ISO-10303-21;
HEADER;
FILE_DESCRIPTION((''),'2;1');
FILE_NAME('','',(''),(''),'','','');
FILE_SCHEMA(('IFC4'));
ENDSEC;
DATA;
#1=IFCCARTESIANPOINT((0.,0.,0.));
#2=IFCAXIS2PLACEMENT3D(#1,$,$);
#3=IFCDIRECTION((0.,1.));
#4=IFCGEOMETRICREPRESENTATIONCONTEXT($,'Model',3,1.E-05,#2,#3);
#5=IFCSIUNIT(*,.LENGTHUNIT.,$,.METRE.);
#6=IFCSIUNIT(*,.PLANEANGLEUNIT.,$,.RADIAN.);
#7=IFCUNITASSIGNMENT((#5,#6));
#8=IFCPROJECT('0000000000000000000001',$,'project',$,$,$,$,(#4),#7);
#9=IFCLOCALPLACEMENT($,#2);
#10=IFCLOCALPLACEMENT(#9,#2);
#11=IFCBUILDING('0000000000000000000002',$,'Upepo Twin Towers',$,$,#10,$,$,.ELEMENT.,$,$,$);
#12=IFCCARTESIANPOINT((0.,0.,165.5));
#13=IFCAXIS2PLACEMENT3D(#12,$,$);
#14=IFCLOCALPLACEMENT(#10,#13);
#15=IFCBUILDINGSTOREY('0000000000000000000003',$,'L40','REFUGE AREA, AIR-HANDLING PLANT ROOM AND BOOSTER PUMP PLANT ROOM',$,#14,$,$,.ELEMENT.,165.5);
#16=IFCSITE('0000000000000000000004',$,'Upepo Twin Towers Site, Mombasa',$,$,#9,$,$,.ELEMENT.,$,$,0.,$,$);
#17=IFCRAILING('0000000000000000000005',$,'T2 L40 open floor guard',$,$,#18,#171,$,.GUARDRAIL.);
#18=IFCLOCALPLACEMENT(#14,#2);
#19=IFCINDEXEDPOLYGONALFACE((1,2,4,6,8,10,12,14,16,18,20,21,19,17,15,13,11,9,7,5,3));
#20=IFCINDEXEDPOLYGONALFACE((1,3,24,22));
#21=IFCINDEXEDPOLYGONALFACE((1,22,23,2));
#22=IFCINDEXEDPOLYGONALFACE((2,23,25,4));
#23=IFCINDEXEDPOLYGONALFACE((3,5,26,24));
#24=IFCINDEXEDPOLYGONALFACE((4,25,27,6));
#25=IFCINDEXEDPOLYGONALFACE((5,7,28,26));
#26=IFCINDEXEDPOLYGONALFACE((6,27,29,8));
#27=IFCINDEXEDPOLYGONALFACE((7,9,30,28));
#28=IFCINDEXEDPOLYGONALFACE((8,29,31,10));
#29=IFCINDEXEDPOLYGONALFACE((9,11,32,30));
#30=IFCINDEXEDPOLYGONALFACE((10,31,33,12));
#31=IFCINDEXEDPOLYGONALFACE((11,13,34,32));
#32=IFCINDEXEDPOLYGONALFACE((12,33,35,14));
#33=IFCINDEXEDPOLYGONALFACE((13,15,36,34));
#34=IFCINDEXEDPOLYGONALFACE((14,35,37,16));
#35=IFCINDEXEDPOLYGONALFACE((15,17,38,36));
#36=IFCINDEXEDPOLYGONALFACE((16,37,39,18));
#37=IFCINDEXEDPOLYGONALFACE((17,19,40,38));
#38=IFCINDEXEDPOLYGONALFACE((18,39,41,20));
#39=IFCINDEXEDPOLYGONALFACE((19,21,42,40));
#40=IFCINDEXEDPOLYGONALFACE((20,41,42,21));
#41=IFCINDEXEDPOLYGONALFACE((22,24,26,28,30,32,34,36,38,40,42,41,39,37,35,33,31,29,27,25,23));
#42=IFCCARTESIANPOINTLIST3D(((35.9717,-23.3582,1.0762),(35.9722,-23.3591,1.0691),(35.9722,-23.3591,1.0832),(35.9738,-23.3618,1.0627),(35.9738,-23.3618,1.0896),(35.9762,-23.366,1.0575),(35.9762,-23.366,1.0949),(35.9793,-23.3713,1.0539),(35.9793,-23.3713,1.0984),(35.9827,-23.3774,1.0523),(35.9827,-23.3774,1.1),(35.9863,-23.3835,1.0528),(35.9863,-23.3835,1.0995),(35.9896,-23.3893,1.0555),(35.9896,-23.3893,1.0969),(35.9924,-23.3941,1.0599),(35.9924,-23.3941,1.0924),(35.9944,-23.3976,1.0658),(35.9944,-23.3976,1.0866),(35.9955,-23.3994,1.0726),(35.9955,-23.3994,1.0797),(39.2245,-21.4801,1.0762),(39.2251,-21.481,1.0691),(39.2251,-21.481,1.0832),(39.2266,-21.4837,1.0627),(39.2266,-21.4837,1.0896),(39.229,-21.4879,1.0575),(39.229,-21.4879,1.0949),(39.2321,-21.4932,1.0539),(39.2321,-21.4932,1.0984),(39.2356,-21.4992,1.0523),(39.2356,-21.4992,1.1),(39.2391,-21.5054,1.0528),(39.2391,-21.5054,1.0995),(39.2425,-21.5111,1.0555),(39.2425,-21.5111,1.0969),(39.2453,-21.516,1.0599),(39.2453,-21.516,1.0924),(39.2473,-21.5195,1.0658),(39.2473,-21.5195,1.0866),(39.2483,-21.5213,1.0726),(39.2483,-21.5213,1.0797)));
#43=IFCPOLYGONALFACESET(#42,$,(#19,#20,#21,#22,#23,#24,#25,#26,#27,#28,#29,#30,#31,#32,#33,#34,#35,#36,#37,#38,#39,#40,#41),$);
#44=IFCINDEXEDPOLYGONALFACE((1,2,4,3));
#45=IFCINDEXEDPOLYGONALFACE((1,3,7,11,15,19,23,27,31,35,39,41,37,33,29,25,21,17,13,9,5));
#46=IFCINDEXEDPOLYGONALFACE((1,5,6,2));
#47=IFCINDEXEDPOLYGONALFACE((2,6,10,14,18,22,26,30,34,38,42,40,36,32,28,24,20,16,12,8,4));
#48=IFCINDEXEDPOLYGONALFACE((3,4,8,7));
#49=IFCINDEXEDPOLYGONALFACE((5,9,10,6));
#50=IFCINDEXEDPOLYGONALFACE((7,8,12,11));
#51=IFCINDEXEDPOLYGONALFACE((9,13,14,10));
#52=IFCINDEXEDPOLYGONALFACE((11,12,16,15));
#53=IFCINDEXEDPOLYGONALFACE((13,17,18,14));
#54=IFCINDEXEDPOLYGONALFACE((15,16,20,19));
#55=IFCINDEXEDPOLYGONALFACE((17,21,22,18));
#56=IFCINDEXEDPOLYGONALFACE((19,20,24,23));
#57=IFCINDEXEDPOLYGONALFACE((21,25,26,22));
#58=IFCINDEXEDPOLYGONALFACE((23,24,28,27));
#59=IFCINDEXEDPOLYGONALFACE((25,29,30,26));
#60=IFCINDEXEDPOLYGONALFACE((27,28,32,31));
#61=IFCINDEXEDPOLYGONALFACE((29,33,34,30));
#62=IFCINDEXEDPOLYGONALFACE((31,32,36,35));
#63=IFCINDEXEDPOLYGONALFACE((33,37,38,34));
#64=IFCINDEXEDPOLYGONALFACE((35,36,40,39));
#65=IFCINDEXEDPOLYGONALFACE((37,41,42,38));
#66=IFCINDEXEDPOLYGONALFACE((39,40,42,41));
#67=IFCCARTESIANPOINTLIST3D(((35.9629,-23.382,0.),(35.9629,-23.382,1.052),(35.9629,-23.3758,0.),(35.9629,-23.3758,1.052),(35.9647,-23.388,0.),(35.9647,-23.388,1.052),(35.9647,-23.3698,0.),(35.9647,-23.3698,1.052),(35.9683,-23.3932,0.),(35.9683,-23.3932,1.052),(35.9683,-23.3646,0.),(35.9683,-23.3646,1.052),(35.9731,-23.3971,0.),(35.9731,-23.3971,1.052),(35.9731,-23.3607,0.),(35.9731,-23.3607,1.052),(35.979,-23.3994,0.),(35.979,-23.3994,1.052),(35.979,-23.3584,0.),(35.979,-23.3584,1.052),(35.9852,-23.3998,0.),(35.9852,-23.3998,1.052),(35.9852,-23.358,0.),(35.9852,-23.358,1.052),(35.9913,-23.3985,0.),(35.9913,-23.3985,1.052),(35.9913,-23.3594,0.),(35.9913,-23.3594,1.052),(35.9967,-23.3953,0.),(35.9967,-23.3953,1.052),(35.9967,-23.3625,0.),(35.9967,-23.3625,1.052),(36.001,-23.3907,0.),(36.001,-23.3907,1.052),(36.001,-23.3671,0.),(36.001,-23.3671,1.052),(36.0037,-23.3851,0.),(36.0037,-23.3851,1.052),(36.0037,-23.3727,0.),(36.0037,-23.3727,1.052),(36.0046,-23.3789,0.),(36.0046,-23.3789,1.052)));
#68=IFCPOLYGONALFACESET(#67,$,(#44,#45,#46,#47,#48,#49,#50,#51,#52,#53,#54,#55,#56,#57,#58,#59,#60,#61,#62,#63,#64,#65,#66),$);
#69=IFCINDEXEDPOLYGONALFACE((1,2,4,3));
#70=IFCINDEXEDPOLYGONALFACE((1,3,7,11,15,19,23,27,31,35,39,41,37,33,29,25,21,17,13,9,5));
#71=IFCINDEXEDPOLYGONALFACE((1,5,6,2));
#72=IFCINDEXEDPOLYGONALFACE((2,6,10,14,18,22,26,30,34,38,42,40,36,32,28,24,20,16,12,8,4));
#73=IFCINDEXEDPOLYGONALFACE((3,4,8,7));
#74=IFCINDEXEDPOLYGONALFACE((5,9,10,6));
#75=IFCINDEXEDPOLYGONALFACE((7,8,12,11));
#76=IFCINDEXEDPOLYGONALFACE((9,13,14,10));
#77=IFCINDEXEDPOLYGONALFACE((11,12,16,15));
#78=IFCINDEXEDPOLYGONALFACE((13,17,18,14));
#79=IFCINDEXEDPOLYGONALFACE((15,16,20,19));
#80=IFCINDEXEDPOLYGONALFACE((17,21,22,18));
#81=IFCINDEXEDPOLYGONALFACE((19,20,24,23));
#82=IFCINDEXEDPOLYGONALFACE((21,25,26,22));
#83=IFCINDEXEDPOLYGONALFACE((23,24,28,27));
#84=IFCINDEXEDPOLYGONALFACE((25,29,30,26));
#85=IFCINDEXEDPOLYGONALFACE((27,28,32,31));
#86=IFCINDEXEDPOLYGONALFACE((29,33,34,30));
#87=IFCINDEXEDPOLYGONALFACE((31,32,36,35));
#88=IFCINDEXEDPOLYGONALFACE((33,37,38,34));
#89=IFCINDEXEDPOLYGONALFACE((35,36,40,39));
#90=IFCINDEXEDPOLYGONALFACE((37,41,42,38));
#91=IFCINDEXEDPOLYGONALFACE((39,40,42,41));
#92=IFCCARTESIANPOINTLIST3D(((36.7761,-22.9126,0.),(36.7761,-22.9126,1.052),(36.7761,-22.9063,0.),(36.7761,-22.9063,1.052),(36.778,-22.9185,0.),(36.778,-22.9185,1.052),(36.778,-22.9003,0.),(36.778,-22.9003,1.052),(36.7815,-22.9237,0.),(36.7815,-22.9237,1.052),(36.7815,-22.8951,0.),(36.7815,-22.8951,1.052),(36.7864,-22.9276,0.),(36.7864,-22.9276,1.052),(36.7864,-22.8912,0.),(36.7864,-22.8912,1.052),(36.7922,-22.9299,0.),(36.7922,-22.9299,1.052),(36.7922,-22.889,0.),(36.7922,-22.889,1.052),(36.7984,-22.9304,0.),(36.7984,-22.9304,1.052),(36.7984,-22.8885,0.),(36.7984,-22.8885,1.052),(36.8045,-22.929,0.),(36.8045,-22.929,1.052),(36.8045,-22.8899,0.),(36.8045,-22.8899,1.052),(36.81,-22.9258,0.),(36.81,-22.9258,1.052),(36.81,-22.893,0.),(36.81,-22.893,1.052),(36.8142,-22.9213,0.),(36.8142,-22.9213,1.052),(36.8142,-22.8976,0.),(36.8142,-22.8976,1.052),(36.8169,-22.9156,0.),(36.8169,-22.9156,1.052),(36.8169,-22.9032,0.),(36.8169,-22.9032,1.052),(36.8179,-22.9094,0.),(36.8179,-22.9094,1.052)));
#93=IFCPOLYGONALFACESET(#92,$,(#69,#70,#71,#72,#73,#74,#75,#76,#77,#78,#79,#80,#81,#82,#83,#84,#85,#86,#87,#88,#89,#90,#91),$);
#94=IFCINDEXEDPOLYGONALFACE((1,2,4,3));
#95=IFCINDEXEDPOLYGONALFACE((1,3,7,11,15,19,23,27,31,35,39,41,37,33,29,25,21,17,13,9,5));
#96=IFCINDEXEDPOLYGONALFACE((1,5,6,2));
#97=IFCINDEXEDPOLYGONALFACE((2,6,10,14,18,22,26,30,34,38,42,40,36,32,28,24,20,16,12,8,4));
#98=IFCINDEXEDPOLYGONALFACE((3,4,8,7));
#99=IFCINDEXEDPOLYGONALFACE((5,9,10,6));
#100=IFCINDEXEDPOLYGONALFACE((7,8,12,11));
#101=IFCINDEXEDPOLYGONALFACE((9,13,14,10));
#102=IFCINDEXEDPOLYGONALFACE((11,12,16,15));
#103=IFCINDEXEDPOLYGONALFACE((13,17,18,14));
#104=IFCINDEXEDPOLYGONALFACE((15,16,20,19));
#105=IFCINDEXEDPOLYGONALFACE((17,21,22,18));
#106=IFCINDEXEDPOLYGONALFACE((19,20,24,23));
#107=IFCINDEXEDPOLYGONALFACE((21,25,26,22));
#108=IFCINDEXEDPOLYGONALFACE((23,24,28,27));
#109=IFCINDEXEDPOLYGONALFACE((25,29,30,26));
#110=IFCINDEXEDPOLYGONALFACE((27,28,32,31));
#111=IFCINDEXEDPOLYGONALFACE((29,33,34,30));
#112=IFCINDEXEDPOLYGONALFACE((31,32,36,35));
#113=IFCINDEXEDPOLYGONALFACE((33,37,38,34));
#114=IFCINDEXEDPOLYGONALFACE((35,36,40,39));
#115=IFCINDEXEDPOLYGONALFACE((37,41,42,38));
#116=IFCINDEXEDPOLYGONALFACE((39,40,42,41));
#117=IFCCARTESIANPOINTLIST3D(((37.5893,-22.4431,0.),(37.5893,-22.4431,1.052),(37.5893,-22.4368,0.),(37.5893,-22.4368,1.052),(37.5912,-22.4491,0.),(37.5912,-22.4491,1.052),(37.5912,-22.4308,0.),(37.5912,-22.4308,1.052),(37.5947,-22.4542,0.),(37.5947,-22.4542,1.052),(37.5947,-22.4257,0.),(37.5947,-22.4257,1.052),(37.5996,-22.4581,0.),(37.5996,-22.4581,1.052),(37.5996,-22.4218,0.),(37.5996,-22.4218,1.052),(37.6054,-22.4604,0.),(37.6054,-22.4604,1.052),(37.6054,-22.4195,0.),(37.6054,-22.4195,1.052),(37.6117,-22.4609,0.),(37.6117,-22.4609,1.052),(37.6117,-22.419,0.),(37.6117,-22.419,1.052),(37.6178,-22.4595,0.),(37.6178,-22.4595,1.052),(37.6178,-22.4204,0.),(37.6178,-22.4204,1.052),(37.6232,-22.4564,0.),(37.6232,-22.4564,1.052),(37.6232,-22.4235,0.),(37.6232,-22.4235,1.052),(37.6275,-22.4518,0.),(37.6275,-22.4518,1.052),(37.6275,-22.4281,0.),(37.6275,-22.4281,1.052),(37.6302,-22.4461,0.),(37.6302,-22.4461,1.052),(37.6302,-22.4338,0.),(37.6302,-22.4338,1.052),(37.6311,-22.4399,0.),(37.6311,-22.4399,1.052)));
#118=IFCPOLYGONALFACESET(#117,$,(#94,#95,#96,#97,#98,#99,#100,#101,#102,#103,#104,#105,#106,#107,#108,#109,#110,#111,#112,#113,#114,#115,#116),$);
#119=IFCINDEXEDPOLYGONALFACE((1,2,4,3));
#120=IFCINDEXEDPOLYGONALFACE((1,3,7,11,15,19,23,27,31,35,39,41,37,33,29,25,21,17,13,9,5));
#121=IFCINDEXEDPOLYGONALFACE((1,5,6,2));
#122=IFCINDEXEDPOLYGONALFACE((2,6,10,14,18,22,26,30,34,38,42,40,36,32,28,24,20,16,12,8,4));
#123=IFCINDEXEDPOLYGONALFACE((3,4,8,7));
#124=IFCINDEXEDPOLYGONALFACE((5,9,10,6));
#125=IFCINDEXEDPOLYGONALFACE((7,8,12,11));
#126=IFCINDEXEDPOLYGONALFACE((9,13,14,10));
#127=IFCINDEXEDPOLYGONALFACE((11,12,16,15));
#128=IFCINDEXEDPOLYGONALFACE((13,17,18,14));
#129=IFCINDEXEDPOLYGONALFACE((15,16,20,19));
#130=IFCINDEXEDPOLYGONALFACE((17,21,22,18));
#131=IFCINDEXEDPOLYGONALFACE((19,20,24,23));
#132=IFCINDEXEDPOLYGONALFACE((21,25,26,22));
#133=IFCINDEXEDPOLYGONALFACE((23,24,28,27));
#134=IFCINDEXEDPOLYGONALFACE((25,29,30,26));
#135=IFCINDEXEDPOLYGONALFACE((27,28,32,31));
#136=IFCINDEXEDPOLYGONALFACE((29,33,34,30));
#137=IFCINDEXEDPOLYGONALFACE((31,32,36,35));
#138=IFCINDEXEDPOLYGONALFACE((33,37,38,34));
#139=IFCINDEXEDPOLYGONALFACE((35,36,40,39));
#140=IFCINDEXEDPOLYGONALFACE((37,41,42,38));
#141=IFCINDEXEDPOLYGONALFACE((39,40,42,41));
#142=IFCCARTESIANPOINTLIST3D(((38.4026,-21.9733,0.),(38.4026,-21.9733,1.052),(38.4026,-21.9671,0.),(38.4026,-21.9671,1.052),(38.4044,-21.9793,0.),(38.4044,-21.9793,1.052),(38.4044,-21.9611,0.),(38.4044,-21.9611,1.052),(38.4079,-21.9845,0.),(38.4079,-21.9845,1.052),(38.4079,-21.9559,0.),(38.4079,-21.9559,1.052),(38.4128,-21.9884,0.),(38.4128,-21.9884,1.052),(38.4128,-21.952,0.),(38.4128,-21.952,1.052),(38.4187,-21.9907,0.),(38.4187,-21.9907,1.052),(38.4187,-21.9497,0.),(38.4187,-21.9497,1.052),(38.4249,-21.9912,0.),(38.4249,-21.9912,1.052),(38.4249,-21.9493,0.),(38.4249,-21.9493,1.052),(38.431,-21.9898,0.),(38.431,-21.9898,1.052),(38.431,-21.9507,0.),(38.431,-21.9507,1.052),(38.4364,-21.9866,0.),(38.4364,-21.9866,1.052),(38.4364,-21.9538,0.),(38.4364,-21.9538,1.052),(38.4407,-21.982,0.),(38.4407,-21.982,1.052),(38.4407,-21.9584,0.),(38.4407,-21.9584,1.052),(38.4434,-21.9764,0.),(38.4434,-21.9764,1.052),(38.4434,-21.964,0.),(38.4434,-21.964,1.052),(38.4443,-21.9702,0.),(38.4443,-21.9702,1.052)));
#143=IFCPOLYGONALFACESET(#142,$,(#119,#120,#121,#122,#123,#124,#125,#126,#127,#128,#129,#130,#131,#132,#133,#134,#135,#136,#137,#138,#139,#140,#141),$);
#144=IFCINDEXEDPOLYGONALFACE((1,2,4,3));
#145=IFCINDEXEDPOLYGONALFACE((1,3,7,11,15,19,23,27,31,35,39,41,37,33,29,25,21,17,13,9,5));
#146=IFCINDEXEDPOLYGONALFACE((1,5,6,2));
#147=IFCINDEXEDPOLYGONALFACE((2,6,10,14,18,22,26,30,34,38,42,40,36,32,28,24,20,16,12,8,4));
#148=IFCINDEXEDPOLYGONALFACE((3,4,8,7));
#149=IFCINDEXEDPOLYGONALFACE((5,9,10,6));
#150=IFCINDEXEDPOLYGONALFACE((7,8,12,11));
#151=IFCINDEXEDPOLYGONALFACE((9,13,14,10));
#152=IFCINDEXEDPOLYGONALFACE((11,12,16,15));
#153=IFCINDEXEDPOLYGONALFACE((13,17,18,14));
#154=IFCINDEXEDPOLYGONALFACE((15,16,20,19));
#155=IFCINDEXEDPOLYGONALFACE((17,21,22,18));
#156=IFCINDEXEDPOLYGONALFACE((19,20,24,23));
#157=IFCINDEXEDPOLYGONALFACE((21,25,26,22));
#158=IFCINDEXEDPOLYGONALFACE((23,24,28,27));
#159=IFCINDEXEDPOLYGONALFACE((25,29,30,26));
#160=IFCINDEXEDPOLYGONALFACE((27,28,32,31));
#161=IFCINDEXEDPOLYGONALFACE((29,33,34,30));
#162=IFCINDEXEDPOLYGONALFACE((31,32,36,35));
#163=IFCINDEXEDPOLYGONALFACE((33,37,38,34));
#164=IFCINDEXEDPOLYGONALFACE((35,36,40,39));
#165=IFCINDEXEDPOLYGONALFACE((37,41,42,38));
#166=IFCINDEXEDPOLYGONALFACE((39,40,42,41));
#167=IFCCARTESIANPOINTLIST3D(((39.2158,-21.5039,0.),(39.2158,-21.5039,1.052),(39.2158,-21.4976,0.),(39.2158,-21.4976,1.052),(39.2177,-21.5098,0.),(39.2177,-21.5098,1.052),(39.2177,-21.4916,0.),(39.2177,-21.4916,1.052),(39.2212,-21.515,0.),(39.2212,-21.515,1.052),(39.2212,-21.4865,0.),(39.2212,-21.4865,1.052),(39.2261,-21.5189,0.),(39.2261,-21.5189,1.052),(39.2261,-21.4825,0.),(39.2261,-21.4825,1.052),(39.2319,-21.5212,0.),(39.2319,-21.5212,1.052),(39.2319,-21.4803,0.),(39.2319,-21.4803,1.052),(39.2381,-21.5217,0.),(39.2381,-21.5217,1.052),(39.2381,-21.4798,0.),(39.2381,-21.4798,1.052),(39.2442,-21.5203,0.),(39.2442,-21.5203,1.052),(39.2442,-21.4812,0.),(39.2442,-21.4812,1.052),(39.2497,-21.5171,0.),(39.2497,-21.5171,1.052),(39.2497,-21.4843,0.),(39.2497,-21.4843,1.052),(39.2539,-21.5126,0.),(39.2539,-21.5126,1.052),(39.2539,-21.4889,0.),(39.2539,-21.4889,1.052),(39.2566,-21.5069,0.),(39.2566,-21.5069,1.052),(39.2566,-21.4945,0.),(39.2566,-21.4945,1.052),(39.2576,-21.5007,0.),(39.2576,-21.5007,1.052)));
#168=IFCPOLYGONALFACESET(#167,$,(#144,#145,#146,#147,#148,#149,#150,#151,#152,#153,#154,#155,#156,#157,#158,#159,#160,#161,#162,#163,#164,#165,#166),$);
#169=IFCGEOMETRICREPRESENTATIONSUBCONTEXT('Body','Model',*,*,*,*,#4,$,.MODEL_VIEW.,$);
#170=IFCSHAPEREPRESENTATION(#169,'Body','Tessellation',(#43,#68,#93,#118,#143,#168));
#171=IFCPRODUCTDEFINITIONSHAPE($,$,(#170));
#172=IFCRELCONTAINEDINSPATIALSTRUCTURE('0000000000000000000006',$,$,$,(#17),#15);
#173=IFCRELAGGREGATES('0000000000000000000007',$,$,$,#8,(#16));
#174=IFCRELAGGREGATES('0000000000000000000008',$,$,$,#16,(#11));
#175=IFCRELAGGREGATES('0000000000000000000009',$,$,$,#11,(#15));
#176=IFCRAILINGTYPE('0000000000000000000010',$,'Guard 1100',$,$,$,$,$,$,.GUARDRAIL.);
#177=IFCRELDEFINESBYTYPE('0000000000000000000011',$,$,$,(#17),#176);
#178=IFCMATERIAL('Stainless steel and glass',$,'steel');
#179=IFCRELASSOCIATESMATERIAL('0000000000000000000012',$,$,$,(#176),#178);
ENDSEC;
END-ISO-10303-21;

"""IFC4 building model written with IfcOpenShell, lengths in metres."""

from ifc_helpers import new_model, si_unit, direction, frame, origin, origin_2d, place, context, subcontext, project, spatial, circle, extrude, material, type_object, element, save


model = new_model("IFC4")

# Units and contexts
model_context = context("Model", 3, precision=1e-05, world=origin(), true_north=direction((0.0, 1.0)))
body_context = subcontext(model_context, "Body", "Model", "MODEL_VIEW")
ifc_project = project(units=[si_unit("LENGTHUNIT", "METRE"), si_unit("PLANEANGLEUNIT", "RADIAN")], contexts=[model_context])

# Site, building, storey
site_placement = place(None, origin())
site = spatial("IfcSite", under=ifc_project, at=site_placement, Name="Upepo Twin Towers Site, Mombasa", CompositionType="ELEMENT", RefElevation=0.0)
building_placement = place(site_placement, origin())
building = spatial("IfcBuilding", under=site, at=building_placement, Name="Upepo Twin Towers", CompositionType="ELEMENT")
storey_placement = place(building_placement, frame((0.0, 0.0, 165.5)))
storey = spatial("IfcBuildingStorey", under=building, at=storey_placement, Name="L40", Description="REFUGE AREA, AIR-HANDLING PLANT ROOM AND BOOSTER PUMP PLANT ROOM", CompositionType="ELEMENT", Elevation=165.5)

# Railing
ifc_material_1 = material(Name="Stainless steel and glass", Category="steel")
railing_type = type_object("IfcRailingType", Name="Guard 1100", PredefinedType="GUARDRAIL", material=ifc_material_1)
for number, where, name in (
    (1, (35.9836, -23.3789, 0.0), "T2 L40 open floor guard"),
):
    element("IfcRailing", number, at=place(storey_placement, frame(where)), inside=storey, type_object=railing_type, Name=name, PredefinedType="GUARDRAIL", context=body_context, shape_type="SweptSolid", body=[
        extrude(circle(Radius=0.0239, at=origin_2d()), frame((0.0, 0.0, 1.0762), z_axis=(0.866015, 0.500019, 0.0), x_axis=(-0.500019, 0.866015, 0.0)), (0.0, 0.0, 1.0), 3.7561),
        extrude(circle(Radius=0.021, at=origin_2d()), origin(), (0.0, 0.0, 1.0), 1.052),
        extrude(circle(Radius=0.021, at=origin_2d()), frame((0.8132, 0.4695, 0.0)), (0.0, 0.0, 1.0), 1.052),
        extrude(circle(Radius=0.021, at=origin_2d()), frame((1.6265, 0.939, 0.0)), (0.0, 0.0, 1.0), 1.052),
        extrude(circle(Radius=0.021, at=origin_2d()), frame((2.4397, 1.4087, 0.0)), (0.0, 0.0, 1.0), 1.052),
        extrude(circle(Radius=0.021, at=origin_2d()), frame((3.2529, 1.8782, 0.0)), (0.0, 0.0, 1.0), 1.052),
    ])

save(model, "model.ifc")
